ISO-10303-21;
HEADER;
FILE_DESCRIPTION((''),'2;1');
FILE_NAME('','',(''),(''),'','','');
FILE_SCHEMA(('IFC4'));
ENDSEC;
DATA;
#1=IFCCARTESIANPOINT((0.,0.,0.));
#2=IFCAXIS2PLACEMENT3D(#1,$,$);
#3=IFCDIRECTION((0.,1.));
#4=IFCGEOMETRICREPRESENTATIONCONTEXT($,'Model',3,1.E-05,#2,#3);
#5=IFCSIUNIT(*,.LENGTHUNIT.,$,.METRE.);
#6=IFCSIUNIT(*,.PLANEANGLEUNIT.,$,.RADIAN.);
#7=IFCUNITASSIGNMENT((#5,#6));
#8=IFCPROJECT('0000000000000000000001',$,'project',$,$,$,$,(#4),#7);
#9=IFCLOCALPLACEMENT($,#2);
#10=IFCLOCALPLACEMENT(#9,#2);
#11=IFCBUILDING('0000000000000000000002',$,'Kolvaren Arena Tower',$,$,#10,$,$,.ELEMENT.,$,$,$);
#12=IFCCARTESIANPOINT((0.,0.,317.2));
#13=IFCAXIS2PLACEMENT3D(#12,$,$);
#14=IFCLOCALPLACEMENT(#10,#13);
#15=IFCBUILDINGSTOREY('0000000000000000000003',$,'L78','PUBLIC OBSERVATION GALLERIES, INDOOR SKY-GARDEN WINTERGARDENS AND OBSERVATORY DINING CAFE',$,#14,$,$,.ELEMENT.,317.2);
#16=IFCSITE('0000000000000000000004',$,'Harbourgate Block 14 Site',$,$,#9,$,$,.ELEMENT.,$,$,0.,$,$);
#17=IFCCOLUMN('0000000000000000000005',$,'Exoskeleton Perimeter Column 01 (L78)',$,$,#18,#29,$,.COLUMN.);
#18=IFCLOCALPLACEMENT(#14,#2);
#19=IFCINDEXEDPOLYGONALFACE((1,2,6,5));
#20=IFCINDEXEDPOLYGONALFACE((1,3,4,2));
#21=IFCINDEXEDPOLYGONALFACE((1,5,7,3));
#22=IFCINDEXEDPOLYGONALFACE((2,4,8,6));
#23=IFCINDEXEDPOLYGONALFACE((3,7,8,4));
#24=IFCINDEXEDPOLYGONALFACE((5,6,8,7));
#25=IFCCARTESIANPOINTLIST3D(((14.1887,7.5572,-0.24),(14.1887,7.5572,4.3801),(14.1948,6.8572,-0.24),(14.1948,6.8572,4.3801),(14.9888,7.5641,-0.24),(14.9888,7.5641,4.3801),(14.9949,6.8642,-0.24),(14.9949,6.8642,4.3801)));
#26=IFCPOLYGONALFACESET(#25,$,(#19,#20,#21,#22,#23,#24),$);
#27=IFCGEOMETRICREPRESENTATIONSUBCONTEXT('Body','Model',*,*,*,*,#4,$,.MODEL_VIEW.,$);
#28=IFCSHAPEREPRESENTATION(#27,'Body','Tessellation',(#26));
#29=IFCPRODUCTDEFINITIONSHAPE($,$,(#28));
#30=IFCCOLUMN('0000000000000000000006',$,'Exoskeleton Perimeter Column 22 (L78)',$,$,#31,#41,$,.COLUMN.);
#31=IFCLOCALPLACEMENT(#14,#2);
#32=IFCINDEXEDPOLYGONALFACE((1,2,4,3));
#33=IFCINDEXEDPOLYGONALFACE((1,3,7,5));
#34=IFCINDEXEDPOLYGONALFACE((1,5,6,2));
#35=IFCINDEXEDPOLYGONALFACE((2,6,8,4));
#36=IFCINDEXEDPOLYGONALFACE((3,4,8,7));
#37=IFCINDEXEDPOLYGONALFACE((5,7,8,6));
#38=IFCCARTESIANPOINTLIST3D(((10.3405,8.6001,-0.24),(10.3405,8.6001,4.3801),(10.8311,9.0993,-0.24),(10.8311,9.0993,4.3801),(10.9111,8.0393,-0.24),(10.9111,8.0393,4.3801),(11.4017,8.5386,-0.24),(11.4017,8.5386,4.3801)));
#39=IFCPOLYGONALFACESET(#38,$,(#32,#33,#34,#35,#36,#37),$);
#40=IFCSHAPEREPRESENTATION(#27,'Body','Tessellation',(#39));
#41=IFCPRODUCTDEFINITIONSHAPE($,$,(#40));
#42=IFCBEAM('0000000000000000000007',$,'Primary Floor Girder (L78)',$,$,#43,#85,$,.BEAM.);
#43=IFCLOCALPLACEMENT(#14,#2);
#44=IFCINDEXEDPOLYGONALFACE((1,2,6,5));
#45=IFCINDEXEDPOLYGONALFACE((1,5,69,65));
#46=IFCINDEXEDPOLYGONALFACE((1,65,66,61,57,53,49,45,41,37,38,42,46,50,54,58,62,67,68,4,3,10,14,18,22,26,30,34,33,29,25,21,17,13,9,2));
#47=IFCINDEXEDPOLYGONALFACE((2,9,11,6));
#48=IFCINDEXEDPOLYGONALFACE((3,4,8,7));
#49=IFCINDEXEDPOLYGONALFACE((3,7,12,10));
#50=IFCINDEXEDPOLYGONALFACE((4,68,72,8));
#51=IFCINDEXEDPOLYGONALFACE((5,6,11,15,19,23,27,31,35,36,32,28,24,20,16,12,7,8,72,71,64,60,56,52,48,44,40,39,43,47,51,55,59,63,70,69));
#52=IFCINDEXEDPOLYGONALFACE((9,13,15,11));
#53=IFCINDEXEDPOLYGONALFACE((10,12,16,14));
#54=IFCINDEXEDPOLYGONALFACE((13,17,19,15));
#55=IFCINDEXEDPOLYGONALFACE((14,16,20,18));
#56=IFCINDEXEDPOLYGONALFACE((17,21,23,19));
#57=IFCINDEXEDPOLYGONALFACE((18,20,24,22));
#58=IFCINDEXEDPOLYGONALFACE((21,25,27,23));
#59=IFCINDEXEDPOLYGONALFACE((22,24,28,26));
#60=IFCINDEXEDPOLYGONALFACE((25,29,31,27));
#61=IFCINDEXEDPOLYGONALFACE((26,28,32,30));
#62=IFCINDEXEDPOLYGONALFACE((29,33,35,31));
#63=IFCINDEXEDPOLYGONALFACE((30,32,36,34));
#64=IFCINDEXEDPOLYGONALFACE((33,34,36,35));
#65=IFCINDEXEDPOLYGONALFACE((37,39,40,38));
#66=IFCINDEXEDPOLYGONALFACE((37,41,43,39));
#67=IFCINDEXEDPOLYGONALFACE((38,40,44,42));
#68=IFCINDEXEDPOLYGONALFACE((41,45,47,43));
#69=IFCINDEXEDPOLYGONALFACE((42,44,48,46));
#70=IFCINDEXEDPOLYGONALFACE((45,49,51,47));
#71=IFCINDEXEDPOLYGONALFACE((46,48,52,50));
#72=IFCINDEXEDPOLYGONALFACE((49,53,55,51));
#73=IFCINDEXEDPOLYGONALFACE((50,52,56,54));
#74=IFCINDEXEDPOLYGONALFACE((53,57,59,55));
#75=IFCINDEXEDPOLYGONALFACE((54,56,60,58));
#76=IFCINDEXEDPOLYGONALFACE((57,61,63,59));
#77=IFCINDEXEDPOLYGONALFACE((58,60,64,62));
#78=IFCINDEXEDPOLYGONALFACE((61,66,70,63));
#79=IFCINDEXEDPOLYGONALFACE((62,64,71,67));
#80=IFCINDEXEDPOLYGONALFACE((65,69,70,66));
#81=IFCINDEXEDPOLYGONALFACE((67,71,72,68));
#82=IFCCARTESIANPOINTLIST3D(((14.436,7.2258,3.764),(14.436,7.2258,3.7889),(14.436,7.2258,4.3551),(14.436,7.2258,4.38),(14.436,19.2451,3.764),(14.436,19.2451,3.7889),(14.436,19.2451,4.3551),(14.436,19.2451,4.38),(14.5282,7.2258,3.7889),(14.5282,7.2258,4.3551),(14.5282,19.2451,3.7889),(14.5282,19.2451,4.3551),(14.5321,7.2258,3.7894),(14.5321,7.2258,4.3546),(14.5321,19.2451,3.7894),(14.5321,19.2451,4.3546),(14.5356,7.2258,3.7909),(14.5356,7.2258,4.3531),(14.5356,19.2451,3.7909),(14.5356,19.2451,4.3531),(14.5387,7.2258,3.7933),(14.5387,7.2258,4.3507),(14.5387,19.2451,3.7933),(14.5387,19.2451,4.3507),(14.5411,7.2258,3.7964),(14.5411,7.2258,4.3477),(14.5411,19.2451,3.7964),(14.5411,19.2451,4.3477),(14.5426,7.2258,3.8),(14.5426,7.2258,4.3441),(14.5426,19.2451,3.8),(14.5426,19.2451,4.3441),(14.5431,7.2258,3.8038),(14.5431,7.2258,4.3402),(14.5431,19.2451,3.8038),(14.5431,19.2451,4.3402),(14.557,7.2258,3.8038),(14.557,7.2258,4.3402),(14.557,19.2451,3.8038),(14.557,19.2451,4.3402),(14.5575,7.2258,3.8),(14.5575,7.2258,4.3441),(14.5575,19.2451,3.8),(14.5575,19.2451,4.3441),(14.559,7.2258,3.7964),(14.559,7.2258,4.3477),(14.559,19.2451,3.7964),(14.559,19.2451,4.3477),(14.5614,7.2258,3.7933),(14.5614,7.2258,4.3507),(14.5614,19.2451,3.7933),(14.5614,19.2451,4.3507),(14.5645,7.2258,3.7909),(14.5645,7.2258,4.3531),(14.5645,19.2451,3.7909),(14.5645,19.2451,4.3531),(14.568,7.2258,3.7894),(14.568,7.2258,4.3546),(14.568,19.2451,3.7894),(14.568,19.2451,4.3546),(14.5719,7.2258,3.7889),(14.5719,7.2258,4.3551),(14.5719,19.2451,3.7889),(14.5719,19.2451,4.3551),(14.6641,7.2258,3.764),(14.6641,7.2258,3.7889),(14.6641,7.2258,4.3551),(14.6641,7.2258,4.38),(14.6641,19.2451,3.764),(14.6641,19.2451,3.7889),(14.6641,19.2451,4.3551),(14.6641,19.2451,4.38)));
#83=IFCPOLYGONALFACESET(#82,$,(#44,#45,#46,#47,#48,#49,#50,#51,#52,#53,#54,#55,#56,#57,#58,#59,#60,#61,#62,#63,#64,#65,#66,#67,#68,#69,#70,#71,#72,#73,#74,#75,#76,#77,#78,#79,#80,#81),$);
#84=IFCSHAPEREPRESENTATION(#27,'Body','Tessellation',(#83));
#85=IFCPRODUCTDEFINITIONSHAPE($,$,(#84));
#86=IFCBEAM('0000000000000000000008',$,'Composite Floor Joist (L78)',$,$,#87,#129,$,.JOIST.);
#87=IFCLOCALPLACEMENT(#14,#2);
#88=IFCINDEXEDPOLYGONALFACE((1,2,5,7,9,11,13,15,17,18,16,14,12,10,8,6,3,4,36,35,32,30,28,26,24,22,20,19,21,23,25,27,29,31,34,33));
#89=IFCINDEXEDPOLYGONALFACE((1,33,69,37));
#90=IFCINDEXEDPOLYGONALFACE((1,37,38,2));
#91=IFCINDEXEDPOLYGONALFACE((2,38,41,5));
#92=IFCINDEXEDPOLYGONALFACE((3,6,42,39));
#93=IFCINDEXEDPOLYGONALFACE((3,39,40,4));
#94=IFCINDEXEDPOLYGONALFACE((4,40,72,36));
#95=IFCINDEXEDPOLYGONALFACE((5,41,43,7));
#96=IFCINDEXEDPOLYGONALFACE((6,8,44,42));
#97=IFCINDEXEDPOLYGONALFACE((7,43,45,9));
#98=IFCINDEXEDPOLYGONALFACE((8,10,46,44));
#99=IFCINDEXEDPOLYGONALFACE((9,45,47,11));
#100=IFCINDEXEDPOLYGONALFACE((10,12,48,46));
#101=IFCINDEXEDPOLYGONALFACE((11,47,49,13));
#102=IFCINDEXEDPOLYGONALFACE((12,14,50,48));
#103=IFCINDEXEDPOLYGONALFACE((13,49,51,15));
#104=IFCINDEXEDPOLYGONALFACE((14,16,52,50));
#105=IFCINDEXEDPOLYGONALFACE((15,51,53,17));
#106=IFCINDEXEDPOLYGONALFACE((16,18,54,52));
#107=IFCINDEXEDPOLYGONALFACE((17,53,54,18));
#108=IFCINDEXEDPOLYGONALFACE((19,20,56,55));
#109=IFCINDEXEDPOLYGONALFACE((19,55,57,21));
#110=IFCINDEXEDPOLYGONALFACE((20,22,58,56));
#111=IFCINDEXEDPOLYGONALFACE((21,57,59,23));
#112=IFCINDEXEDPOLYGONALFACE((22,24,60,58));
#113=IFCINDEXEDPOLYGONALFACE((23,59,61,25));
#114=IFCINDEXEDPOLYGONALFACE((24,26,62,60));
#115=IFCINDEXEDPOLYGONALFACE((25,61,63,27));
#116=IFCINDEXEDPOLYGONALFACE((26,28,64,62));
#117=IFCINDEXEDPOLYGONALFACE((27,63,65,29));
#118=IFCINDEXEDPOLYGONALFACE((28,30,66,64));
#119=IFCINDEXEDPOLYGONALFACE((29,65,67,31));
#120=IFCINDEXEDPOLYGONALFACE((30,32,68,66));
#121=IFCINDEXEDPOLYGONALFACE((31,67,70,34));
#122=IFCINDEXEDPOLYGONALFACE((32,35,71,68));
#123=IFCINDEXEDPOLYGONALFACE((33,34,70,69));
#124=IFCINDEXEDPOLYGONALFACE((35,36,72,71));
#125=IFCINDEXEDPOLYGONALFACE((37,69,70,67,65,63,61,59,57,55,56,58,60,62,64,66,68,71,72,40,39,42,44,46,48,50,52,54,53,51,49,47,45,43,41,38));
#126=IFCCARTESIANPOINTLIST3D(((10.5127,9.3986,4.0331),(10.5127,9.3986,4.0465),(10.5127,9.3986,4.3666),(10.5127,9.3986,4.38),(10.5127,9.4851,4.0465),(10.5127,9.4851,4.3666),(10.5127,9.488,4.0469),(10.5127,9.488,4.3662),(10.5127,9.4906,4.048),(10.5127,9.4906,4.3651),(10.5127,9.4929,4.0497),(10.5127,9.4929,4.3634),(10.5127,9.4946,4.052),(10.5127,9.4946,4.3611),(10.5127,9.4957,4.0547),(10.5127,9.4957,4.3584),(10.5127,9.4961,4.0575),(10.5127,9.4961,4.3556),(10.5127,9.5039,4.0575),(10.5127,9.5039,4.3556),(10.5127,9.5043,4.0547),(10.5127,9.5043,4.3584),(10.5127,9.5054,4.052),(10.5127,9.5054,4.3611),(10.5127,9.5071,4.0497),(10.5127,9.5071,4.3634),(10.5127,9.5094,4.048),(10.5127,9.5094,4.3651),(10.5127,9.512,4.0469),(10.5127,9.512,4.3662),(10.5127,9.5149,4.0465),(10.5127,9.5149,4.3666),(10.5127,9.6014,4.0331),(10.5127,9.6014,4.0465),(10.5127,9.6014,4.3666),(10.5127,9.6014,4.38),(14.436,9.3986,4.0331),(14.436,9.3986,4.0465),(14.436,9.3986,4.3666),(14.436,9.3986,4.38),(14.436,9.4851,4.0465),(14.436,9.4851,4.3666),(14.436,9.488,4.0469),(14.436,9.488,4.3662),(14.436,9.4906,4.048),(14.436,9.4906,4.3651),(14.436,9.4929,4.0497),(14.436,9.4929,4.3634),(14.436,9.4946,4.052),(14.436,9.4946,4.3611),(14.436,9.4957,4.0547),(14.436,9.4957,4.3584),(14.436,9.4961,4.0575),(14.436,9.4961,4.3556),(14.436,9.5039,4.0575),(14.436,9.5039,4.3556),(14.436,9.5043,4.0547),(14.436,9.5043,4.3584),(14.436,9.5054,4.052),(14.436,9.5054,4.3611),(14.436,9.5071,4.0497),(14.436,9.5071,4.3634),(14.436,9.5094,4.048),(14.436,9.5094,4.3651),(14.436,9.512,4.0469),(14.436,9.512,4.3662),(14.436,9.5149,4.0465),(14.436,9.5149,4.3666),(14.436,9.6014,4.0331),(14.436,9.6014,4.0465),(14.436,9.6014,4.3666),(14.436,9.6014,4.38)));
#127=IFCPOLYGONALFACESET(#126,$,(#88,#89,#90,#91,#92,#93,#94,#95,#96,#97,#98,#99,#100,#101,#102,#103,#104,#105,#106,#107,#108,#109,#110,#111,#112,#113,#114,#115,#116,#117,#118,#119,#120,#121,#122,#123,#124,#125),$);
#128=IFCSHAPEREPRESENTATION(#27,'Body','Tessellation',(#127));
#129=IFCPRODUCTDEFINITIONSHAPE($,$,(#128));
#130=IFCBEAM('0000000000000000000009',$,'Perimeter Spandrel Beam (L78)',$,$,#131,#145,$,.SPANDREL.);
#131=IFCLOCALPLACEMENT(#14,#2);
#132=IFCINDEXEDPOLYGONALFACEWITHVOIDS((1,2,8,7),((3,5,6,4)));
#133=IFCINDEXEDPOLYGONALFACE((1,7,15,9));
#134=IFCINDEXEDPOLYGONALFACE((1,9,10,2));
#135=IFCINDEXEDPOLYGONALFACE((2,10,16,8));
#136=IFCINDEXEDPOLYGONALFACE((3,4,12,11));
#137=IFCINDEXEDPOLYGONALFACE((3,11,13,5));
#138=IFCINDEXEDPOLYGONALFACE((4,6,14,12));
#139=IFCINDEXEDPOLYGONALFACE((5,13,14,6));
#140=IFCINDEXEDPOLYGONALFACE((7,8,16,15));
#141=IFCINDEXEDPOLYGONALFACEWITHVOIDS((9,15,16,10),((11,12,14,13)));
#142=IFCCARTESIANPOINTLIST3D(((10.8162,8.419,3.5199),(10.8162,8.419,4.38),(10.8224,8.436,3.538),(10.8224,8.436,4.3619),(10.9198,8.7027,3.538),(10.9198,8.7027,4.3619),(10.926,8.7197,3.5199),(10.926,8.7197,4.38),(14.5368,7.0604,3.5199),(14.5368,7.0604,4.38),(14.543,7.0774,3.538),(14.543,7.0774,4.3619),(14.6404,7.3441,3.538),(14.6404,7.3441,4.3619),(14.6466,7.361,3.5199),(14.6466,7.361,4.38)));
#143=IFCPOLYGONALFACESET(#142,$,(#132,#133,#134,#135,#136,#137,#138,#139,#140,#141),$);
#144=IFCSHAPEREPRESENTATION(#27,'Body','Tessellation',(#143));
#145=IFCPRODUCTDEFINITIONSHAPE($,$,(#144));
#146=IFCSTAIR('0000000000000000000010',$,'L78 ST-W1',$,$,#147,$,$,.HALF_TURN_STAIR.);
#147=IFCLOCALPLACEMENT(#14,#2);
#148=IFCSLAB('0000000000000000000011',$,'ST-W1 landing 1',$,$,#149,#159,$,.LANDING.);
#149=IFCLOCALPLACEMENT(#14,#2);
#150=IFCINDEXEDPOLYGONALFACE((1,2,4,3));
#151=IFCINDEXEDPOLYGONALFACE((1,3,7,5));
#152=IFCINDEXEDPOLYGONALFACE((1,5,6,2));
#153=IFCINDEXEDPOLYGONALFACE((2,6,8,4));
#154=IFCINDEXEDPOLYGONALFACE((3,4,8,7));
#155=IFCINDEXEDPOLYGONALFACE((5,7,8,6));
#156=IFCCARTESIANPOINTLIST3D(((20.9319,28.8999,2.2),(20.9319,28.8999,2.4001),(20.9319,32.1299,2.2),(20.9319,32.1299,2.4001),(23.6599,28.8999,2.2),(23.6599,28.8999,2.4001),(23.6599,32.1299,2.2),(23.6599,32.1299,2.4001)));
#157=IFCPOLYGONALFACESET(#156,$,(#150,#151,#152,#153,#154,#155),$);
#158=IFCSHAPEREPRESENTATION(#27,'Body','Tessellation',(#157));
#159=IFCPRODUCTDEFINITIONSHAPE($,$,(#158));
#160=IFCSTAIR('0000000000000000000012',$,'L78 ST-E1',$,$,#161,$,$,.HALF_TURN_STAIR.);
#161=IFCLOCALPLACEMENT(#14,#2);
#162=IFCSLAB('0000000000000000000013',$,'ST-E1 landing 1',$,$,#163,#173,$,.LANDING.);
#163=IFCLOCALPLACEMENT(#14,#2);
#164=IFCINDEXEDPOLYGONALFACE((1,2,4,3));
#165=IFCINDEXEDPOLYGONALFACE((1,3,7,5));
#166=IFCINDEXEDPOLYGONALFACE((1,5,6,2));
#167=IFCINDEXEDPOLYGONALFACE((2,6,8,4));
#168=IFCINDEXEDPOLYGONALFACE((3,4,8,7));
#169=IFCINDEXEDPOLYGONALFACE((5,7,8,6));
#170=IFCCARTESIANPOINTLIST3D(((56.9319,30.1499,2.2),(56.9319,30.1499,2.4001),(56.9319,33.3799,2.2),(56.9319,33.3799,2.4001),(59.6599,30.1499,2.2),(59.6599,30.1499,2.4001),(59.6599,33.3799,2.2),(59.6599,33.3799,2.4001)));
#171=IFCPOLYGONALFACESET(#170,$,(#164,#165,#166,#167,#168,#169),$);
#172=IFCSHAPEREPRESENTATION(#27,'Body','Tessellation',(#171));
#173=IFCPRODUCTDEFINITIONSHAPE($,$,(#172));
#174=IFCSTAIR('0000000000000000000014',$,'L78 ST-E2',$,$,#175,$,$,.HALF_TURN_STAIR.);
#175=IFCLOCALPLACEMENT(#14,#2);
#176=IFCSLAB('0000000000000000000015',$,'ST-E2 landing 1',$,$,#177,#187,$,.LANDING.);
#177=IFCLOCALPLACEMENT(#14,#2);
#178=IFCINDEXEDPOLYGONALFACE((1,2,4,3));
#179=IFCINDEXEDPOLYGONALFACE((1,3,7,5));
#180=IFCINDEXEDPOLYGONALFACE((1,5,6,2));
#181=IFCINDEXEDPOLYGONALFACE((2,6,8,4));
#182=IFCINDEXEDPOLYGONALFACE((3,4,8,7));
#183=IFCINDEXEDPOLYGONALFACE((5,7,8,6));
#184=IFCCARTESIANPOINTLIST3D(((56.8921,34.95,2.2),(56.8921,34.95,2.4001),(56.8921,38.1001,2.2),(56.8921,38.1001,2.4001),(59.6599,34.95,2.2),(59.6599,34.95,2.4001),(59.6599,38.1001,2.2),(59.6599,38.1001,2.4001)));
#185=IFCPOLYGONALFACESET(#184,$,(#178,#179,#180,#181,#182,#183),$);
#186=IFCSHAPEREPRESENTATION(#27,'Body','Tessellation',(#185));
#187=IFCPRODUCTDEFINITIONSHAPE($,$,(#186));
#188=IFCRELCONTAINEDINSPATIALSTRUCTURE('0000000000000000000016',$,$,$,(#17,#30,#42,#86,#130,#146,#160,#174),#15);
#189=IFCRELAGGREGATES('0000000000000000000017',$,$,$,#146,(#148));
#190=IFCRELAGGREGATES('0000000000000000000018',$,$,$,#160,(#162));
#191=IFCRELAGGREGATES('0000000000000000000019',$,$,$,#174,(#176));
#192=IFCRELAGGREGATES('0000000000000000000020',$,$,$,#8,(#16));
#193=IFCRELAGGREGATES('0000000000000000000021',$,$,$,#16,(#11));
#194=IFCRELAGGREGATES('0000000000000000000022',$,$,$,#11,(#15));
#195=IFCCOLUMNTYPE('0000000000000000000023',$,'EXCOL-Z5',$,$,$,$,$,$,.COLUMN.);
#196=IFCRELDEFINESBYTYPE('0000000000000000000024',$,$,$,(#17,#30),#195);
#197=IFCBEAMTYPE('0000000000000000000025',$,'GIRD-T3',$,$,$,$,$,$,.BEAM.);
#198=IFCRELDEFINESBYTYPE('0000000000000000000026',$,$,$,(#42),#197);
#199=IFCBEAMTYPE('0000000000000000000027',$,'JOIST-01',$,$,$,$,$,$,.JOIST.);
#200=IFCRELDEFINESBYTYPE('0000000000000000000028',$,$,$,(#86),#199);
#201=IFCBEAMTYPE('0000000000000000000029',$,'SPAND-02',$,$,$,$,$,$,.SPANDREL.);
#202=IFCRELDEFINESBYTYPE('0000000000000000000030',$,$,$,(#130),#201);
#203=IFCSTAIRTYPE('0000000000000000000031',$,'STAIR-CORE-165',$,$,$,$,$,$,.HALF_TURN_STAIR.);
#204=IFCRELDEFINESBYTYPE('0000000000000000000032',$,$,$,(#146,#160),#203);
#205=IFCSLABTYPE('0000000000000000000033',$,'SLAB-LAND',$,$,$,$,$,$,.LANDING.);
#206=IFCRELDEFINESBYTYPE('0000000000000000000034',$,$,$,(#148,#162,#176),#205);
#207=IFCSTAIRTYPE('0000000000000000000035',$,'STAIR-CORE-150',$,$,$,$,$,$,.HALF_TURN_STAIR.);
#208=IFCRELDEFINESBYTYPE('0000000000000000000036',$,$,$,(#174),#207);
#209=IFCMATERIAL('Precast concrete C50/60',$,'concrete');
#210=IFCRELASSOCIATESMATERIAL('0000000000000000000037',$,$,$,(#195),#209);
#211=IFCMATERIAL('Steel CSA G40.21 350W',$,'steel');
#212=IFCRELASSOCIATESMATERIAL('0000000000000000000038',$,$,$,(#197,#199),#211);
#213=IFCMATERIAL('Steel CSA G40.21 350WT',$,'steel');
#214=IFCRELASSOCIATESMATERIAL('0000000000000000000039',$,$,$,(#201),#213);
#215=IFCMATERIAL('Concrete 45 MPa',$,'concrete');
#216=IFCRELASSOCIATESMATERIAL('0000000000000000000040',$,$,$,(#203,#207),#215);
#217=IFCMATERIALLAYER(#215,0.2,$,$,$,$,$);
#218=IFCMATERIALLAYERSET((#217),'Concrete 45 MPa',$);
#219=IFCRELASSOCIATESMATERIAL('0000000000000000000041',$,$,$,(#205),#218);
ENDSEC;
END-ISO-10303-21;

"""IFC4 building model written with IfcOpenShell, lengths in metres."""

from ifc_helpers import new_model, si_unit, direction, frame, origin, origin_2d, place, context, subcontext, project, spatial, polyline, rectangle, hollow_rectangle, i_section, outline, extrude, material, layer, layer_set, material_profile, profile_set, type_object, element, aggregate, save


model = new_model("IFC4")

# Units and contexts
model_context = context("Model", 3, precision=1e-05, world=origin(), true_north=direction((0.0, 1.0)))
body_context = subcontext(model_context, "Body", "Model", "MODEL_VIEW")
ifc_project = project(units=[si_unit("LENGTHUNIT", "METRE"), si_unit("PLANEANGLEUNIT", "RADIAN")], contexts=[model_context])

# Site, building, storey
site_placement = place(None, origin())
site = spatial("IfcSite", under=ifc_project, at=site_placement, Name="Harbourgate Block 14 Site", CompositionType="ELEMENT", RefElevation=0.0)
building_placement = place(site_placement, origin())
building = spatial("IfcBuilding", under=site, at=building_placement, Name="Kolvaren Arena Tower", CompositionType="ELEMENT")
storey_placement = place(building_placement, frame((0.0, 0.0, 317.2)))
storey = spatial("IfcBuildingStorey", under=building, at=storey_placement, Name="L78", Description="PUBLIC OBSERVATION GALLERIES, INDOOR SKY-GARDEN WINTERGARDENS AND OBSERVATORY DINING CAFE", CompositionType="ELEMENT", Elevation=317.2)

# Columns
ifc_material_1 = material(Name="Precast concrete C50/60", Category="concrete")
ifc_material_profile_1 = material_profile(ifc_material_1, rectangle(XDim=0.8, YDim=0.7, at=origin_2d()), Name="RC-800x700")
ifc_profile_set_1 = profile_set([ifc_material_profile_1], Name="Precast concrete C50/60")
column_type = type_object("IfcColumnType", Name="EXCOL-Z5", PredefinedType="COLUMN", material=ifc_profile_set_1)
for number, where, z_axis, x_axis, name in (
    (1, (14.5918, 7.2107, -0.24), (0.0, 0.0, 1.0), (0.999962, 0.008727, 0.0), "Exoskeleton Perimeter Column 01 (L78)"),
    (2, (10.8711, 8.5693, -0.24), (0.0, 0.0, 1.0), (-0.71325, 0.700909, 0.0), "Exoskeleton Perimeter Column 22 (L78)"),
):
    element("IfcColumn", number, at=place(storey_placement, frame(where, z_axis=z_axis, x_axis=x_axis)), inside=storey, type_object=column_type, Name=name, PredefinedType="COLUMN", context=body_context, shape_type="SweptSolid", body=[
        extrude(rectangle(XDim=0.8, YDim=0.7, at=origin_2d()), origin(), (0.0, 0.0, 1.0), 4.6201),
    ])

# Beams
ifc_material_2 = material(Name="Steel CSA G40.21 350W", Category="steel")
ifc_material_profile_2 = material_profile(ifc_material_2, i_section(OverallWidth=0.228, OverallDepth=0.616, WebThickness=0.0139, FlangeThickness=0.0249, FilletRadius=0.0149, at=origin_2d()), Name="W610x174")
ifc_profile_set_2 = profile_set([ifc_material_profile_2], Name="Steel CSA G40.21 350W")
beam_type_1 = type_object("IfcBeamType", Name="GIRD-T3", PredefinedType="BEAM", material=ifc_profile_set_2)
beam_1_placement = place(storey_placement, frame((14.55, 7.2258, 4.072), z_axis=(0.0, 1.0, 0.0), x_axis=(-1.0, 0.0, 0.0)))
element("IfcBeam", 3, at=beam_1_placement, inside=storey, type_object=beam_type_1, Name="Primary Floor Girder (L78)", PredefinedType="BEAM", context=body_context, shape_type="SweptSolid", body=[
    extrude(i_section(OverallWidth=0.228, OverallDepth=0.616, WebThickness=0.0139, FlangeThickness=0.0249, FilletRadius=0.0149, at=origin_2d()), origin(), (0.0, 0.0, 1.0), 12.0193),
])
ifc_material_profile_3 = material_profile(ifc_material_2, i_section(OverallWidth=0.2029, OverallDepth=0.3469, WebThickness=0.0078, FlangeThickness=0.0134, FilletRadius=0.011, at=origin_2d()), Name="W360x64")
ifc_profile_set_3 = profile_set([ifc_material_profile_3], Name="Steel CSA G40.21 350W")
beam_type_2 = type_object("IfcBeamType", Name="JOIST-01", PredefinedType="JOIST", material=ifc_profile_set_3)
beam_2_placement = place(storey_placement, frame((10.5127, 9.5, 4.2065), z_axis=(1.0, 0.0, 0.0), x_axis=(0.0, 1.0, 0.0)))
element("IfcBeam", 4, at=beam_2_placement, inside=storey, type_object=beam_type_2, Name="Composite Floor Joist (L78)", PredefinedType="JOIST", context=body_context, shape_type="SweptSolid", body=[
    extrude(i_section(OverallWidth=0.2029, OverallDepth=0.3469, WebThickness=0.0078, FlangeThickness=0.0134, FilletRadius=0.011, at=origin_2d()), origin(), (0.0, 0.0, 1.0), 3.9233),
])
ifc_material_3 = material(Name="Steel CSA G40.21 350WT", Category="steel")
ifc_material_profile_4 = material_profile(ifc_material_3, hollow_rectangle(XDim=0.3201, YDim=0.8601, WallThickness=0.0181, at=origin_2d()), Name="HSS 860x320x18")
ifc_profile_set_4 = profile_set([ifc_material_profile_4], Name="Steel CSA G40.21 350WT")
beam_type_3 = type_object("IfcBeamType", Name="SPAND-02", PredefinedType="SPANDREL", material=ifc_profile_set_4)
beam_3_placement = place(storey_placement, frame((10.8711, 8.5693, 3.95), z_axis=(0.939334, -0.343005, 0.0), x_axis=(0.343005, 0.939334, 0.0)))
element("IfcBeam", 5, at=beam_3_placement, inside=storey, type_object=beam_type_3, Name="Perimeter Spandrel Beam (L78)", PredefinedType="SPANDREL", context=body_context, shape_type="SweptSolid", body=[
    extrude(hollow_rectangle(XDim=0.3201, YDim=0.8601, WallThickness=0.0181, at=origin_2d()), origin(), (0.0, 0.0, 1.0), 3.9609),
])

# Stairs, slabs
ifc_material_4 = material(Name="Concrete 45 MPa", Category="concrete")
stair_type_1 = type_object("IfcStairType", Name="STAIR-CORE-165", PredefinedType="HALF_TURN_STAIR", material=ifc_material_4)
stair_1_placement = place(storey_placement, origin())
stair_1 = element("IfcStair", 6, at=stair_1_placement, inside=storey, type_object=stair_type_1, Name="L78 ST-W1", PredefinedType="HALF_TURN_STAIR")
ifc_layer_1 = layer(ifc_material_4, 0.2)
ifc_layer_set_1 = layer_set([ifc_layer_1], Name="Concrete 45 MPa")
slab_type_1 = type_object("IfcSlabType", Name="SLAB-LAND", PredefinedType="LANDING", material=ifc_layer_set_1)
slab_1_placement = place(storey_placement, frame((0.0, 0.0, 2.2)))
slab_1 = element("IfcSlab", 7, at=slab_1_placement, type_object=slab_type_1, Name="ST-W1 landing 1", PredefinedType="LANDING", context=body_context, shape_type="SweptSolid", body=[
    extrude(outline(polyline([(20.9319, 28.8999), (23.6599, 28.8999), (23.6599, 32.1299), (20.9319, 32.1299), (20.9319, 28.8999)])), origin(), (0.0, 0.0, 1.0), 0.2002),
])
aggregate(stair_1, [slab_1])
stair_2_placement = place(storey_placement, origin())
stair_2 = element("IfcStair", 8, at=stair_2_placement, inside=storey, type_object=stair_type_1, Name="L78 ST-E1", PredefinedType="HALF_TURN_STAIR")
slab_2_placement = place(storey_placement, frame((0.0, 0.0, 2.2)))
slab_2 = element("IfcSlab", 9, at=slab_2_placement, type_object=slab_type_1, Name="ST-E1 landing 1", PredefinedType="LANDING", context=body_context, shape_type="SweptSolid", body=[
    extrude(outline(polyline([(56.9319, 30.1499), (59.6599, 30.1499), (59.6599, 33.3799), (56.9319, 33.3799), (56.9319, 30.1499)])), origin(), (0.0, 0.0, 1.0), 0.2002),
])
aggregate(stair_2, [slab_2])
stair_type_2 = type_object("IfcStairType", Name="STAIR-CORE-150", PredefinedType="HALF_TURN_STAIR", material=ifc_material_4)
stair_3_placement = place(storey_placement, origin())
stair_3 = element("IfcStair", 10, at=stair_3_placement, inside=storey, type_object=stair_type_2, Name="L78 ST-E2", PredefinedType="HALF_TURN_STAIR")
slab_3_placement = place(storey_placement, frame((0.0, 0.0, 2.2)))
slab_3 = element("IfcSlab", 11, at=slab_3_placement, type_object=slab_type_1, Name="ST-E2 landing 1", PredefinedType="LANDING", context=body_context, shape_type="SweptSolid", body=[
    extrude(outline(polyline([(56.8921, 34.95), (59.6599, 34.95), (59.6599, 38.1001), (56.8921, 38.1001), (56.8921, 34.95)])), origin(), (0.0, 0.0, 1.0), 0.2002),
])
aggregate(stair_3, [slab_3])

save(model, "model.ifc")
